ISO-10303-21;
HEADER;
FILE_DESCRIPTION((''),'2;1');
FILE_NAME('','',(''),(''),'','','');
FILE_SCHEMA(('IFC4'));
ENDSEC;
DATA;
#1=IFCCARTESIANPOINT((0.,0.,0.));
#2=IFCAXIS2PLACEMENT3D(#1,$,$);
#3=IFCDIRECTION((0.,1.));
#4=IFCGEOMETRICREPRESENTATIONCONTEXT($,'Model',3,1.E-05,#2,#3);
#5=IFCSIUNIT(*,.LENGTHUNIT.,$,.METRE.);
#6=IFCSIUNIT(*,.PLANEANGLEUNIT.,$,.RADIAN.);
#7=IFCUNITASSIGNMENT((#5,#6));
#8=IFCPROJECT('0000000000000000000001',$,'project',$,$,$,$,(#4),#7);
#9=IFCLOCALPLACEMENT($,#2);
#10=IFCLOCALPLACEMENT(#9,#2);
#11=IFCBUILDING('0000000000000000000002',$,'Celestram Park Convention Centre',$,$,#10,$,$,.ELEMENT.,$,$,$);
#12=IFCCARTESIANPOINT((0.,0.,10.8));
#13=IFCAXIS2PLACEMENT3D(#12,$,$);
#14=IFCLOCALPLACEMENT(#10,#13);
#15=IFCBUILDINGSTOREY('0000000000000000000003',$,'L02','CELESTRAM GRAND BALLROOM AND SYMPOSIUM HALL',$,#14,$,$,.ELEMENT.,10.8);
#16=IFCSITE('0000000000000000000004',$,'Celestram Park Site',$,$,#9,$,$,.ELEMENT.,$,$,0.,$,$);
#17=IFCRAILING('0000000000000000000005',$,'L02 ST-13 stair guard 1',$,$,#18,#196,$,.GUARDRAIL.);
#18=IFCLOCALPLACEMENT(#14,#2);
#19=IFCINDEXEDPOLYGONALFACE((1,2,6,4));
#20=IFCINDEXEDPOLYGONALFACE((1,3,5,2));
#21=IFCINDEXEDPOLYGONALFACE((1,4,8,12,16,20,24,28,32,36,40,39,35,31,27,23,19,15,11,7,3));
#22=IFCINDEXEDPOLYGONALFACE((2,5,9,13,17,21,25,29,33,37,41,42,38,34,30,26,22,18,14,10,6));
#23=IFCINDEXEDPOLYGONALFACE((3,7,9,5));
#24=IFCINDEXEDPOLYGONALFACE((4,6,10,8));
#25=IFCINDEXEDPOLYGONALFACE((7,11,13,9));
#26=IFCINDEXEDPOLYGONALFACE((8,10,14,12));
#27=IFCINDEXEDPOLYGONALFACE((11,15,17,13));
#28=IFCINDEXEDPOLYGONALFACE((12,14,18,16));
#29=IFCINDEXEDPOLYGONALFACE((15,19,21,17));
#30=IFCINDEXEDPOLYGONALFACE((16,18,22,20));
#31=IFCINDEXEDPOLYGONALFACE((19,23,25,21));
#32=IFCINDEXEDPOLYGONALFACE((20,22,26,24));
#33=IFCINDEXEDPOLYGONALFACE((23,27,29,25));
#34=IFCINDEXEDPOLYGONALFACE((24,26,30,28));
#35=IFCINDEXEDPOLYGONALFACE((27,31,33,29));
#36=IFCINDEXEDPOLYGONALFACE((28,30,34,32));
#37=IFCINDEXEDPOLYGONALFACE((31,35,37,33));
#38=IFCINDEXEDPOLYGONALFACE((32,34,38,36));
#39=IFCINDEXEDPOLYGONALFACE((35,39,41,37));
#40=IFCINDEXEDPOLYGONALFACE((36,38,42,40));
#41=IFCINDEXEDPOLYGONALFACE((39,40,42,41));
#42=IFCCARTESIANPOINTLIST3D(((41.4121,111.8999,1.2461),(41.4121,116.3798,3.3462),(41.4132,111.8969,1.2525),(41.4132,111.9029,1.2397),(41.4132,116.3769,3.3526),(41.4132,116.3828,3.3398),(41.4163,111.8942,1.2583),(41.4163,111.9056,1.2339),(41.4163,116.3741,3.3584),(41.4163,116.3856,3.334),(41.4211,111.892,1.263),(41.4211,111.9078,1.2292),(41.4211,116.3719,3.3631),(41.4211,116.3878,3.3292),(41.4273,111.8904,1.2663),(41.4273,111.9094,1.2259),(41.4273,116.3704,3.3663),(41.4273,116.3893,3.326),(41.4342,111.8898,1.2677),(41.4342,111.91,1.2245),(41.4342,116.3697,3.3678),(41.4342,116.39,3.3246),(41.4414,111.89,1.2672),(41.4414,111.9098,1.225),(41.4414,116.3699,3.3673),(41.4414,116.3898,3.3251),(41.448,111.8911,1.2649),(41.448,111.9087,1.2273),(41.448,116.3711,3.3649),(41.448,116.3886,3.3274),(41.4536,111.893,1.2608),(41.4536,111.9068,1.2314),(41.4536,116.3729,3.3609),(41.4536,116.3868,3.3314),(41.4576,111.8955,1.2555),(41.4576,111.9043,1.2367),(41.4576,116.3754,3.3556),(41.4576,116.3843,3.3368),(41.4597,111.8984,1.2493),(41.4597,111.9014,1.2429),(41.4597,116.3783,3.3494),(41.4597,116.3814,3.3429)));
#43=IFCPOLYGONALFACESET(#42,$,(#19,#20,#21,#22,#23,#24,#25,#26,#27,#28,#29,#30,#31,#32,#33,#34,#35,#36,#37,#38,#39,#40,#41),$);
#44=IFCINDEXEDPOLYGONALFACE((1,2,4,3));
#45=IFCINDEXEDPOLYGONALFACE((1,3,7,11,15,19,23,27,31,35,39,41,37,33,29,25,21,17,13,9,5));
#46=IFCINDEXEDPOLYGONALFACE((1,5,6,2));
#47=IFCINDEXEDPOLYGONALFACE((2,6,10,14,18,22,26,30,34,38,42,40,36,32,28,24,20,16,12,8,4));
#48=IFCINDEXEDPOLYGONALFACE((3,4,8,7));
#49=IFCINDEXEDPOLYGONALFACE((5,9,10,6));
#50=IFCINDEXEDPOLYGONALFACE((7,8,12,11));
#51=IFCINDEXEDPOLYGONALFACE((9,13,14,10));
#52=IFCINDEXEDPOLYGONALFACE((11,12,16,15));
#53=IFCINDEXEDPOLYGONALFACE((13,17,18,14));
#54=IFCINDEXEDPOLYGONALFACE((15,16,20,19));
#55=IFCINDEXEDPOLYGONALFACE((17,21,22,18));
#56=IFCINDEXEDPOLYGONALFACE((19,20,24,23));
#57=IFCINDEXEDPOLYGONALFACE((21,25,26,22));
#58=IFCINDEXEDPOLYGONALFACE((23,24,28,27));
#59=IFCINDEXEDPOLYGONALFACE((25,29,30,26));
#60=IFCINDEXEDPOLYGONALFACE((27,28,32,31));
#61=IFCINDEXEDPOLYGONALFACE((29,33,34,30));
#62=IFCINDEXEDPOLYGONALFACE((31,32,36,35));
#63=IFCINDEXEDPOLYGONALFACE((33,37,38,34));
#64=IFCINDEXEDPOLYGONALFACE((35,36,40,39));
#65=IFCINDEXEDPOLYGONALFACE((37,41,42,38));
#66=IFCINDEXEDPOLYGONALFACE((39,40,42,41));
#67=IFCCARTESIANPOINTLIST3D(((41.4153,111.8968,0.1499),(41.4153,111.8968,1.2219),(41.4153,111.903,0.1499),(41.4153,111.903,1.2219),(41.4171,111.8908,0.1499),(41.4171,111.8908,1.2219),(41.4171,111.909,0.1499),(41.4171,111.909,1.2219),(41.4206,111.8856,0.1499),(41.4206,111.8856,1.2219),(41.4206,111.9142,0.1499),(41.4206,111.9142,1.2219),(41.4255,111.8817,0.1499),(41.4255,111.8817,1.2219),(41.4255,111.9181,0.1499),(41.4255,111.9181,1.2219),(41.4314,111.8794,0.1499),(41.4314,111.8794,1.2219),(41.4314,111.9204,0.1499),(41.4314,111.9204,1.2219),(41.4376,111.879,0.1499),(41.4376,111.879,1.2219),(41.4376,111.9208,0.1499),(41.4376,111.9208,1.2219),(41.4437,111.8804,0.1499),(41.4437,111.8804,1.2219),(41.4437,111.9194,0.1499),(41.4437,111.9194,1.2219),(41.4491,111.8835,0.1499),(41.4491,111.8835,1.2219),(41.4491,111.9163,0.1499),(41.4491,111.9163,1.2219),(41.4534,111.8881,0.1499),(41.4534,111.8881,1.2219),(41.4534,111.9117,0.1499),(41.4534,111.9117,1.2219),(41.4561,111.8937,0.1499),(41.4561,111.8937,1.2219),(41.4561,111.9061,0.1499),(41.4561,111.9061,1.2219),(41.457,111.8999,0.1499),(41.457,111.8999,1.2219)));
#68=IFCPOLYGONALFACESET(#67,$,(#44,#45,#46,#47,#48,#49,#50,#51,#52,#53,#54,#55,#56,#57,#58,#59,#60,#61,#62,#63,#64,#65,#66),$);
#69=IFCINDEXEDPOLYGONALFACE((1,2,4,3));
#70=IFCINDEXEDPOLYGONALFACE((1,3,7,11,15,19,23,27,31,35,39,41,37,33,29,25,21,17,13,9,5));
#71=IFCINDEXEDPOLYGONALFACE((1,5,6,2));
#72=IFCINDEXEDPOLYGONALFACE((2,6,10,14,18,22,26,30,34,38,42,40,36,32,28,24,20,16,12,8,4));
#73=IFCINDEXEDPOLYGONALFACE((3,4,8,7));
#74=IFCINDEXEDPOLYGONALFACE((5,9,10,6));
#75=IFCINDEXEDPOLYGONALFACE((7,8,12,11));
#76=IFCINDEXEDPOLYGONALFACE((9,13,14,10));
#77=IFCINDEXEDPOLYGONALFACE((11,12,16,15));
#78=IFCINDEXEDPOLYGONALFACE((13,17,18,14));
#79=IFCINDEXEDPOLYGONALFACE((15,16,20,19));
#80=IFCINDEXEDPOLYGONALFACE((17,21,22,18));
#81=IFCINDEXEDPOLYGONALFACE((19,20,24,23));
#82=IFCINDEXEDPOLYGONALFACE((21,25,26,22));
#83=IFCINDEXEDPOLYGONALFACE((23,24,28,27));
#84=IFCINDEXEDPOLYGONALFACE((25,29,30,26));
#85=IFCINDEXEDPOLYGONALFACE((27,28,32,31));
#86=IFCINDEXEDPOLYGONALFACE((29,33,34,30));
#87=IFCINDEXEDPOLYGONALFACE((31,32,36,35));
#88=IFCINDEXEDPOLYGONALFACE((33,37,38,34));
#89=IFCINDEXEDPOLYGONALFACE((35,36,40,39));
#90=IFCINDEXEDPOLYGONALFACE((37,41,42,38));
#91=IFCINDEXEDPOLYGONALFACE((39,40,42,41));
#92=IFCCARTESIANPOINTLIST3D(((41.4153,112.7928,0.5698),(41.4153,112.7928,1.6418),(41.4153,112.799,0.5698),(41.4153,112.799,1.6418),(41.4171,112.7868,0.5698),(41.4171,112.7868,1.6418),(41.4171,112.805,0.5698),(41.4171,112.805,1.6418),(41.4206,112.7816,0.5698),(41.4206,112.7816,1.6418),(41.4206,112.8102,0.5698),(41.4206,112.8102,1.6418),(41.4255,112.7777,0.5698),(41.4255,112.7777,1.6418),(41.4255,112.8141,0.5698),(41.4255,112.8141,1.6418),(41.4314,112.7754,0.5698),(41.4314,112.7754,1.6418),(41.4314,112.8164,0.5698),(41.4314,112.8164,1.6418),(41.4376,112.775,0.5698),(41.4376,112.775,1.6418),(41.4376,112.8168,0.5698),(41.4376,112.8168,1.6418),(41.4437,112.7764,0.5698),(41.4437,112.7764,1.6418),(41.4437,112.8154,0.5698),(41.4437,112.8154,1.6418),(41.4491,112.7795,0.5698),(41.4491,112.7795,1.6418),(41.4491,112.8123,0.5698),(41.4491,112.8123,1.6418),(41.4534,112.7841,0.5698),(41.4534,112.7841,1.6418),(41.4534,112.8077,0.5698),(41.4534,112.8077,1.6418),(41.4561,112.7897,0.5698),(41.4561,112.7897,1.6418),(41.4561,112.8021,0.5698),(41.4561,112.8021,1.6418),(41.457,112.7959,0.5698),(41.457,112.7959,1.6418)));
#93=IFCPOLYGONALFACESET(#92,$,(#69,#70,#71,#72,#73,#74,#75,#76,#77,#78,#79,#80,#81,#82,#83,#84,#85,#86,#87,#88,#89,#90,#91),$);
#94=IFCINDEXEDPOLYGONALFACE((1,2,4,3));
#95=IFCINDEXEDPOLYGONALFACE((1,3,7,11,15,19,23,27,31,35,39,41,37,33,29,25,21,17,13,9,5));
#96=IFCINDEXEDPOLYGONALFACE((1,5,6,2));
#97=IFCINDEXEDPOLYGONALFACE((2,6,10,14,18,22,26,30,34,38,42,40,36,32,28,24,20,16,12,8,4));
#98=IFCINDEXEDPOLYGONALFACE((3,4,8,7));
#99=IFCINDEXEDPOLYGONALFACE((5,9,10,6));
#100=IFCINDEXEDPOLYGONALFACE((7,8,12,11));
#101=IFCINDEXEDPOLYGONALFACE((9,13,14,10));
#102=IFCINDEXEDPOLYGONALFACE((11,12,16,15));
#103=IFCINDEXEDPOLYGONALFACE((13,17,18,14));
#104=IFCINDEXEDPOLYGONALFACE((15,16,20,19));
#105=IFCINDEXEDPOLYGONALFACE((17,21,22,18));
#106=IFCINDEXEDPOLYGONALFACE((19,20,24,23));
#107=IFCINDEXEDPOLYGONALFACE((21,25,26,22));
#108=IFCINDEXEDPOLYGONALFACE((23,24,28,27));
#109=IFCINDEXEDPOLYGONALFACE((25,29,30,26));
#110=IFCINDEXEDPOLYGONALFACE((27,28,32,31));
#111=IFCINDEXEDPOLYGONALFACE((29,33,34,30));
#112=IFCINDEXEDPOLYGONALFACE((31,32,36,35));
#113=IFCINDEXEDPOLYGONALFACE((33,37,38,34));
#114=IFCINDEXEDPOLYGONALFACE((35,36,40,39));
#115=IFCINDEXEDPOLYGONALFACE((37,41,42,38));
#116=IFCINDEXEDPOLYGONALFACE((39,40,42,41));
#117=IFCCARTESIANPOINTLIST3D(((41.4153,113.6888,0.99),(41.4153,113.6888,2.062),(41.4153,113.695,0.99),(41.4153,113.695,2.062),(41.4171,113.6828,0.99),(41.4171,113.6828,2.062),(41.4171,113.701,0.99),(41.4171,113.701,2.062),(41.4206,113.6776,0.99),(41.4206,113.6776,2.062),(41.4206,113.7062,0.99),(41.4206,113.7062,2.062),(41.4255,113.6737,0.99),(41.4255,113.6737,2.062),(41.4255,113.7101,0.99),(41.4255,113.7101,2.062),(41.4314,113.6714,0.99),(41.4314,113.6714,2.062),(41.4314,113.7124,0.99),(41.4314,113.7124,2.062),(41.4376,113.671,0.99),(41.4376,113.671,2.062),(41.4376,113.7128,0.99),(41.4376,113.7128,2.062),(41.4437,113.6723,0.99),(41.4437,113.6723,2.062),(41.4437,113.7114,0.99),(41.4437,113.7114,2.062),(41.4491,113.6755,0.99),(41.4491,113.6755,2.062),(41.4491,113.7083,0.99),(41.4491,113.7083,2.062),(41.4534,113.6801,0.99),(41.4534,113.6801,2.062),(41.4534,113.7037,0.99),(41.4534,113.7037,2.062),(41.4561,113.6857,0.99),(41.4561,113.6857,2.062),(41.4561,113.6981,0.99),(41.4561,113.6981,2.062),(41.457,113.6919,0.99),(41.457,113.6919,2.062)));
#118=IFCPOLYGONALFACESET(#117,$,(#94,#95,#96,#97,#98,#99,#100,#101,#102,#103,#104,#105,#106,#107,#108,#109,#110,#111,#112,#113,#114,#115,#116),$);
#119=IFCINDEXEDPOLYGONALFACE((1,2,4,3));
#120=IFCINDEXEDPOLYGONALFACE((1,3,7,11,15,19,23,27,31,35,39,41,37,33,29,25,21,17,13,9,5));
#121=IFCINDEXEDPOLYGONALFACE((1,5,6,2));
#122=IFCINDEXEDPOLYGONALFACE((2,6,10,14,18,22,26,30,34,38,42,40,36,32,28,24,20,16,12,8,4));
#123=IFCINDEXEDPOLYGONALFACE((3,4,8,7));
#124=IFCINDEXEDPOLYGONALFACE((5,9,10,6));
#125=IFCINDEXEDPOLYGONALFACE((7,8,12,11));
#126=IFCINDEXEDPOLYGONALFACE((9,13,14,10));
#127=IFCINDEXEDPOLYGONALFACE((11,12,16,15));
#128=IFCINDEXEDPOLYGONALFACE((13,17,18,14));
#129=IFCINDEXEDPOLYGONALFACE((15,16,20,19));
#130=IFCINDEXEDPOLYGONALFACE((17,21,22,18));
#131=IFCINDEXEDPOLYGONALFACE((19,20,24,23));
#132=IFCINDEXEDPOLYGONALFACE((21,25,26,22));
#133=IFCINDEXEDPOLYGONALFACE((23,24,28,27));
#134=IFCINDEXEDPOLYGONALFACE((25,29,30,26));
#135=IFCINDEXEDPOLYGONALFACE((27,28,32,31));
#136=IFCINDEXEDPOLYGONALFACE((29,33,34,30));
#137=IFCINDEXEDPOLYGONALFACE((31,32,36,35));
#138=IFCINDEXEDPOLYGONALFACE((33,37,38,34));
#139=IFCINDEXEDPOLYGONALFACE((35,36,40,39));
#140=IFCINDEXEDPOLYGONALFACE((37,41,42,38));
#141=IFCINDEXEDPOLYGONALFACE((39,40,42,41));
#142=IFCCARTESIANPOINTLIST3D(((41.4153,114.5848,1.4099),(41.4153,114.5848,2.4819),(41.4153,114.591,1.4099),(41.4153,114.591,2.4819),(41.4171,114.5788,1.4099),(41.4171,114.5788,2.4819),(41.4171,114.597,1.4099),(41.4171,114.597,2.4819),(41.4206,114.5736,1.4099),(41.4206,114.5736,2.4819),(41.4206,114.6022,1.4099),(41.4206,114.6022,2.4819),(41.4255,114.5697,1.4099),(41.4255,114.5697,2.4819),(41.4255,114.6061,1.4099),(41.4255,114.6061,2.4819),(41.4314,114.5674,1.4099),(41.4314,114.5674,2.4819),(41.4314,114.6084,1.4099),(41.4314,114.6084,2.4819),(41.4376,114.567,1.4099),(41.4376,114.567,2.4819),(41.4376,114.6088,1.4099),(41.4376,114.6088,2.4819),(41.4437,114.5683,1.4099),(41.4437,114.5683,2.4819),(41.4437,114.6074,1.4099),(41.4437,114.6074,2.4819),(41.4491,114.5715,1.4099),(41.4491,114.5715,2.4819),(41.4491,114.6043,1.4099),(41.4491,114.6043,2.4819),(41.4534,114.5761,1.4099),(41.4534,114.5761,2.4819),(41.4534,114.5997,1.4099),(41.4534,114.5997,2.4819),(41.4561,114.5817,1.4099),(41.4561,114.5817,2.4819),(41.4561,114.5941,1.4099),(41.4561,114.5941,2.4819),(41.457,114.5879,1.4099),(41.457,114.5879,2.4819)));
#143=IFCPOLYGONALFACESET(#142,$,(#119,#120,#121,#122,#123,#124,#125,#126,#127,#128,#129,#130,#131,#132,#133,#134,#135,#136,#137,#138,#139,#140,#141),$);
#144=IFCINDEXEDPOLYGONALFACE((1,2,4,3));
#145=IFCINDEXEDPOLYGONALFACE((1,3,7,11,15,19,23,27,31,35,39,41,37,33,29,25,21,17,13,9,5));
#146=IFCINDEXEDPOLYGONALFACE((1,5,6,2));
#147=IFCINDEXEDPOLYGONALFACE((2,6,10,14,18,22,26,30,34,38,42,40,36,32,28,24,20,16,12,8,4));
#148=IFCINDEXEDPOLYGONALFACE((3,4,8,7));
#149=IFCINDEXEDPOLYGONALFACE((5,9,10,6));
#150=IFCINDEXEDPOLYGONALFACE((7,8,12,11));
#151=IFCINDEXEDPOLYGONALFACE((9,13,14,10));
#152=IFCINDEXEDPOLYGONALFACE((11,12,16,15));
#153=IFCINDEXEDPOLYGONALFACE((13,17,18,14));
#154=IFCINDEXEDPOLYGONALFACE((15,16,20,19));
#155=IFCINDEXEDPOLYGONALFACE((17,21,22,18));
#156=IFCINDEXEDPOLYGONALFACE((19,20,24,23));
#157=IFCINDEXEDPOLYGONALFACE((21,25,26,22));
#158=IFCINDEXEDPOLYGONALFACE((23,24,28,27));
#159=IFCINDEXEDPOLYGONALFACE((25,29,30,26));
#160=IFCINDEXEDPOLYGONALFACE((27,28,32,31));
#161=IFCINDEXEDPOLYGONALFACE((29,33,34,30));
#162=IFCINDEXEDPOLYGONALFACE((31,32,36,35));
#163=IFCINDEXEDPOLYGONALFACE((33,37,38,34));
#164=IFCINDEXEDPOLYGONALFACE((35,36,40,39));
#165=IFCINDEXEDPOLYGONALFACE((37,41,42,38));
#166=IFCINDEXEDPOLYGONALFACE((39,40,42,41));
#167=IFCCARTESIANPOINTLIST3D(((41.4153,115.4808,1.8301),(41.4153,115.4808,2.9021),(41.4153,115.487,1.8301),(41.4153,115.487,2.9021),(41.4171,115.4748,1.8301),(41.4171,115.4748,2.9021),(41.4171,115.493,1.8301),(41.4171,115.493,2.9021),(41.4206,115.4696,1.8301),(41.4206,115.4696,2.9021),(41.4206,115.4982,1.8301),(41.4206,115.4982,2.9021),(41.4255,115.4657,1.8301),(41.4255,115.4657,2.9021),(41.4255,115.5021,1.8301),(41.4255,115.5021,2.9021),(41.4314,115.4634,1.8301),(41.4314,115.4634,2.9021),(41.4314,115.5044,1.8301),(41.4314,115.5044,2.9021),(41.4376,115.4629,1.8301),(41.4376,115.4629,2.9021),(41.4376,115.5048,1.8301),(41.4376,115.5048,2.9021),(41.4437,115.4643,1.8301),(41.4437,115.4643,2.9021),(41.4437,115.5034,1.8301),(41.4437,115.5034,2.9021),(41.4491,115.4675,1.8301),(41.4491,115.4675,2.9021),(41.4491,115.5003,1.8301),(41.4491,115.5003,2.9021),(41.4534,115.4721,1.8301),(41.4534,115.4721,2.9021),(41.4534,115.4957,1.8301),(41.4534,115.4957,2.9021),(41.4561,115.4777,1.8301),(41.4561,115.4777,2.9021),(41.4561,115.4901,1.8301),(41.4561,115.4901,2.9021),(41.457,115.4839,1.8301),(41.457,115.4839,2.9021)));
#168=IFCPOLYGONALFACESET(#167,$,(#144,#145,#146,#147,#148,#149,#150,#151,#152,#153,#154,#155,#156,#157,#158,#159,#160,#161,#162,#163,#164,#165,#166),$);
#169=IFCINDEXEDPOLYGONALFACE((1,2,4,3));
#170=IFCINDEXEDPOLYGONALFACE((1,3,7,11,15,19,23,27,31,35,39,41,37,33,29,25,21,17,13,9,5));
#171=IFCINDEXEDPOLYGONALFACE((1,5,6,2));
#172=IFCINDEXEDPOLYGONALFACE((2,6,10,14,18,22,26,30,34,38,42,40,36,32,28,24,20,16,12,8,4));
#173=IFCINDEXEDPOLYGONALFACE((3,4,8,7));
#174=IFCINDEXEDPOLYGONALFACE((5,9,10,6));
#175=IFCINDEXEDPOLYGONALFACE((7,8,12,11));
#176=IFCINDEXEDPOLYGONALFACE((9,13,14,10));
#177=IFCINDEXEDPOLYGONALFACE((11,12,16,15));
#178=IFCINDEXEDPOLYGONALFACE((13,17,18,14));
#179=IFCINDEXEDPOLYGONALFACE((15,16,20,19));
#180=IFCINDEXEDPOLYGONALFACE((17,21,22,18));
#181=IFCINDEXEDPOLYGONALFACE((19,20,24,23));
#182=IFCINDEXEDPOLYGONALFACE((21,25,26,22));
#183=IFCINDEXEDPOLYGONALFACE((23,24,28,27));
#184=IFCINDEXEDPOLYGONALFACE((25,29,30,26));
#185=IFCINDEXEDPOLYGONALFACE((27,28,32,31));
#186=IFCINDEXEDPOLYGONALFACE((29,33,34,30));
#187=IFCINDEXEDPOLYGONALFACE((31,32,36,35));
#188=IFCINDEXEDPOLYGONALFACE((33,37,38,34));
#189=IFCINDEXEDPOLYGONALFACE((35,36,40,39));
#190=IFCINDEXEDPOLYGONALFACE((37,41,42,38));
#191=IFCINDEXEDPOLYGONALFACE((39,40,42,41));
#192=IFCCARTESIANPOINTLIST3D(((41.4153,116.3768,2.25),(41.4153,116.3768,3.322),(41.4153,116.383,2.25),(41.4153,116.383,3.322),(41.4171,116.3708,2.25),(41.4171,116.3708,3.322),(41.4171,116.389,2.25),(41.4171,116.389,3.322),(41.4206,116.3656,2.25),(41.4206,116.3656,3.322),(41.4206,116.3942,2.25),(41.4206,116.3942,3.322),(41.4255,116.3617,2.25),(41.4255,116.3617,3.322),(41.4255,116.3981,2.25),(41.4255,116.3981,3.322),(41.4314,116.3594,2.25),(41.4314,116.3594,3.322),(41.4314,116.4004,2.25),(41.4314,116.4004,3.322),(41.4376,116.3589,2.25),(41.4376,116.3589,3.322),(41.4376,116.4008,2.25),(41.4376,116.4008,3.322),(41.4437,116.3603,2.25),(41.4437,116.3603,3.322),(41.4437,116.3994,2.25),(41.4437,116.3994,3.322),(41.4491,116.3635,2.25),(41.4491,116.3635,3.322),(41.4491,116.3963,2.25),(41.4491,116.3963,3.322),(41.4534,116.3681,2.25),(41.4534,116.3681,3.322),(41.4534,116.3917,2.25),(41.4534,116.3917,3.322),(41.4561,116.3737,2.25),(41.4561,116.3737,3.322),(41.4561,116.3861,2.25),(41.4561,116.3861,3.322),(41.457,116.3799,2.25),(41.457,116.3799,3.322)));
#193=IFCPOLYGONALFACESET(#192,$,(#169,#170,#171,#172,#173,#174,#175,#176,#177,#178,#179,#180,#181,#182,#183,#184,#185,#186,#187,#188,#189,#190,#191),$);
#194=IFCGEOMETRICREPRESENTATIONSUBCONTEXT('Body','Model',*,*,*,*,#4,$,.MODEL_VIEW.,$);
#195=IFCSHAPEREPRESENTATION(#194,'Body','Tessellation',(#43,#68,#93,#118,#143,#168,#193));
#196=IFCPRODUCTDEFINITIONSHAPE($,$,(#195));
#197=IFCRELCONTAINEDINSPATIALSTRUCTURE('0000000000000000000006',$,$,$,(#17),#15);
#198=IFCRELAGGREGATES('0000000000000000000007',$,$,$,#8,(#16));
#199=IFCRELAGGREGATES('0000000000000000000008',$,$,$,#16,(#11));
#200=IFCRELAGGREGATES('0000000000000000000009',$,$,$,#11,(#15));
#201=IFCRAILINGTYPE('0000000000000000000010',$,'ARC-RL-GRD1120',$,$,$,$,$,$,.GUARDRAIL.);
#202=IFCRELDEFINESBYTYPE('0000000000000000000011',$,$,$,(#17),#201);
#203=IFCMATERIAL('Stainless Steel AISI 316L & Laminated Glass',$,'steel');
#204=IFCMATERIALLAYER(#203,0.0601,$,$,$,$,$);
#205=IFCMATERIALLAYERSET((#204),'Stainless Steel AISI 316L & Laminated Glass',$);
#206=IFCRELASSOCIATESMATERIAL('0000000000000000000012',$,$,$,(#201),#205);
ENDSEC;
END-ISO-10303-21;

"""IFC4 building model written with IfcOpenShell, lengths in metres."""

from ifc_helpers import new_model, si_unit, direction, frame, origin, origin_2d, place, context, subcontext, project, spatial, circle, extrude, material, layer, layer_set, type_object, element, save


model = new_model("IFC4")

# Units and contexts
model_context = context("Model", 3, precision=1e-05, world=origin(), true_north=direction((0.0, 1.0)))
body_context = subcontext(model_context, "Body", "Model", "MODEL_VIEW")
ifc_project = project(units=[si_unit("LENGTHUNIT", "METRE"), si_unit("PLANEANGLEUNIT", "RADIAN")], contexts=[model_context])

# Site, building, storey
site_placement = place(None, origin())
site = spatial("IfcSite", under=ifc_project, at=site_placement, Name="Celestram Park Site", CompositionType="ELEMENT", RefElevation=0.0)
building_placement = place(site_placement, origin())
building = spatial("IfcBuilding", under=site, at=building_placement, Name="Celestram Park Convention Centre", CompositionType="ELEMENT")
storey_placement = place(building_placement, frame((0.0, 0.0, 10.8)))
storey = spatial("IfcBuildingStorey", under=building, at=storey_placement, Name="L02", Description="CELESTRAM GRAND BALLROOM AND SYMPOSIUM HALL", CompositionType="ELEMENT", Elevation=10.8)

# Railing
ifc_material_1 = material(Name="Stainless Steel AISI 316L & Laminated Glass", Category="steel")
ifc_layer_1 = layer(ifc_material_1, 0.0601)
ifc_layer_set_1 = layer_set([ifc_layer_1], Name="Stainless Steel AISI 316L & Laminated Glass")
railing_type_1 = type_object("IfcRailingType", Name="ARC-RL-GRD1120", PredefinedType="GUARDRAIL", material=ifc_layer_set_1)
railing_1_placement = place(storey_placement, frame((41.436, 111.8999, 0.1499)))
element("IfcRailing", 1, at=railing_1_placement, inside=storey, type_object=railing_type_1, Name="L02 ST-13 stair guard 1", PredefinedType="GUARDRAIL", context=body_context, shape_type="SweptSolid", body=[
    extrude(circle(Radius=0.0239, at=origin_2d()), frame((0.0, 0.0, 1.0962), z_axis=(0.0, 0.905451, 0.424452), x_axis=(-1.0, 0.0, 0.0)), (0.0, 0.0, 1.0), 4.9478),
    extrude(circle(Radius=0.021, at=origin_2d()), origin(), (0.0, 0.0, 1.0), 1.072),
    extrude(circle(Radius=0.021, at=origin_2d()), frame((0.0, 0.896, 0.4199)), (0.0, 0.0, 1.0), 1.072),
    extrude(circle(Radius=0.021, at=origin_2d()), frame((0.0, 1.792, 0.8401)), (0.0, 0.0, 1.0), 1.072),
    extrude(circle(Radius=0.021, at=origin_2d()), frame((0.0, 2.688, 1.26)), (0.0, 0.0, 1.0), 1.072),
    extrude(circle(Radius=0.021, at=origin_2d()), frame((0.0, 3.584, 1.6802)), (0.0, 0.0, 1.0), 1.072),
    extrude(circle(Radius=0.021, at=origin_2d()), frame((0.0, 4.48, 2.1001)), (0.0, 0.0, 1.0), 1.072),
])

save(model, "model.ifc")
